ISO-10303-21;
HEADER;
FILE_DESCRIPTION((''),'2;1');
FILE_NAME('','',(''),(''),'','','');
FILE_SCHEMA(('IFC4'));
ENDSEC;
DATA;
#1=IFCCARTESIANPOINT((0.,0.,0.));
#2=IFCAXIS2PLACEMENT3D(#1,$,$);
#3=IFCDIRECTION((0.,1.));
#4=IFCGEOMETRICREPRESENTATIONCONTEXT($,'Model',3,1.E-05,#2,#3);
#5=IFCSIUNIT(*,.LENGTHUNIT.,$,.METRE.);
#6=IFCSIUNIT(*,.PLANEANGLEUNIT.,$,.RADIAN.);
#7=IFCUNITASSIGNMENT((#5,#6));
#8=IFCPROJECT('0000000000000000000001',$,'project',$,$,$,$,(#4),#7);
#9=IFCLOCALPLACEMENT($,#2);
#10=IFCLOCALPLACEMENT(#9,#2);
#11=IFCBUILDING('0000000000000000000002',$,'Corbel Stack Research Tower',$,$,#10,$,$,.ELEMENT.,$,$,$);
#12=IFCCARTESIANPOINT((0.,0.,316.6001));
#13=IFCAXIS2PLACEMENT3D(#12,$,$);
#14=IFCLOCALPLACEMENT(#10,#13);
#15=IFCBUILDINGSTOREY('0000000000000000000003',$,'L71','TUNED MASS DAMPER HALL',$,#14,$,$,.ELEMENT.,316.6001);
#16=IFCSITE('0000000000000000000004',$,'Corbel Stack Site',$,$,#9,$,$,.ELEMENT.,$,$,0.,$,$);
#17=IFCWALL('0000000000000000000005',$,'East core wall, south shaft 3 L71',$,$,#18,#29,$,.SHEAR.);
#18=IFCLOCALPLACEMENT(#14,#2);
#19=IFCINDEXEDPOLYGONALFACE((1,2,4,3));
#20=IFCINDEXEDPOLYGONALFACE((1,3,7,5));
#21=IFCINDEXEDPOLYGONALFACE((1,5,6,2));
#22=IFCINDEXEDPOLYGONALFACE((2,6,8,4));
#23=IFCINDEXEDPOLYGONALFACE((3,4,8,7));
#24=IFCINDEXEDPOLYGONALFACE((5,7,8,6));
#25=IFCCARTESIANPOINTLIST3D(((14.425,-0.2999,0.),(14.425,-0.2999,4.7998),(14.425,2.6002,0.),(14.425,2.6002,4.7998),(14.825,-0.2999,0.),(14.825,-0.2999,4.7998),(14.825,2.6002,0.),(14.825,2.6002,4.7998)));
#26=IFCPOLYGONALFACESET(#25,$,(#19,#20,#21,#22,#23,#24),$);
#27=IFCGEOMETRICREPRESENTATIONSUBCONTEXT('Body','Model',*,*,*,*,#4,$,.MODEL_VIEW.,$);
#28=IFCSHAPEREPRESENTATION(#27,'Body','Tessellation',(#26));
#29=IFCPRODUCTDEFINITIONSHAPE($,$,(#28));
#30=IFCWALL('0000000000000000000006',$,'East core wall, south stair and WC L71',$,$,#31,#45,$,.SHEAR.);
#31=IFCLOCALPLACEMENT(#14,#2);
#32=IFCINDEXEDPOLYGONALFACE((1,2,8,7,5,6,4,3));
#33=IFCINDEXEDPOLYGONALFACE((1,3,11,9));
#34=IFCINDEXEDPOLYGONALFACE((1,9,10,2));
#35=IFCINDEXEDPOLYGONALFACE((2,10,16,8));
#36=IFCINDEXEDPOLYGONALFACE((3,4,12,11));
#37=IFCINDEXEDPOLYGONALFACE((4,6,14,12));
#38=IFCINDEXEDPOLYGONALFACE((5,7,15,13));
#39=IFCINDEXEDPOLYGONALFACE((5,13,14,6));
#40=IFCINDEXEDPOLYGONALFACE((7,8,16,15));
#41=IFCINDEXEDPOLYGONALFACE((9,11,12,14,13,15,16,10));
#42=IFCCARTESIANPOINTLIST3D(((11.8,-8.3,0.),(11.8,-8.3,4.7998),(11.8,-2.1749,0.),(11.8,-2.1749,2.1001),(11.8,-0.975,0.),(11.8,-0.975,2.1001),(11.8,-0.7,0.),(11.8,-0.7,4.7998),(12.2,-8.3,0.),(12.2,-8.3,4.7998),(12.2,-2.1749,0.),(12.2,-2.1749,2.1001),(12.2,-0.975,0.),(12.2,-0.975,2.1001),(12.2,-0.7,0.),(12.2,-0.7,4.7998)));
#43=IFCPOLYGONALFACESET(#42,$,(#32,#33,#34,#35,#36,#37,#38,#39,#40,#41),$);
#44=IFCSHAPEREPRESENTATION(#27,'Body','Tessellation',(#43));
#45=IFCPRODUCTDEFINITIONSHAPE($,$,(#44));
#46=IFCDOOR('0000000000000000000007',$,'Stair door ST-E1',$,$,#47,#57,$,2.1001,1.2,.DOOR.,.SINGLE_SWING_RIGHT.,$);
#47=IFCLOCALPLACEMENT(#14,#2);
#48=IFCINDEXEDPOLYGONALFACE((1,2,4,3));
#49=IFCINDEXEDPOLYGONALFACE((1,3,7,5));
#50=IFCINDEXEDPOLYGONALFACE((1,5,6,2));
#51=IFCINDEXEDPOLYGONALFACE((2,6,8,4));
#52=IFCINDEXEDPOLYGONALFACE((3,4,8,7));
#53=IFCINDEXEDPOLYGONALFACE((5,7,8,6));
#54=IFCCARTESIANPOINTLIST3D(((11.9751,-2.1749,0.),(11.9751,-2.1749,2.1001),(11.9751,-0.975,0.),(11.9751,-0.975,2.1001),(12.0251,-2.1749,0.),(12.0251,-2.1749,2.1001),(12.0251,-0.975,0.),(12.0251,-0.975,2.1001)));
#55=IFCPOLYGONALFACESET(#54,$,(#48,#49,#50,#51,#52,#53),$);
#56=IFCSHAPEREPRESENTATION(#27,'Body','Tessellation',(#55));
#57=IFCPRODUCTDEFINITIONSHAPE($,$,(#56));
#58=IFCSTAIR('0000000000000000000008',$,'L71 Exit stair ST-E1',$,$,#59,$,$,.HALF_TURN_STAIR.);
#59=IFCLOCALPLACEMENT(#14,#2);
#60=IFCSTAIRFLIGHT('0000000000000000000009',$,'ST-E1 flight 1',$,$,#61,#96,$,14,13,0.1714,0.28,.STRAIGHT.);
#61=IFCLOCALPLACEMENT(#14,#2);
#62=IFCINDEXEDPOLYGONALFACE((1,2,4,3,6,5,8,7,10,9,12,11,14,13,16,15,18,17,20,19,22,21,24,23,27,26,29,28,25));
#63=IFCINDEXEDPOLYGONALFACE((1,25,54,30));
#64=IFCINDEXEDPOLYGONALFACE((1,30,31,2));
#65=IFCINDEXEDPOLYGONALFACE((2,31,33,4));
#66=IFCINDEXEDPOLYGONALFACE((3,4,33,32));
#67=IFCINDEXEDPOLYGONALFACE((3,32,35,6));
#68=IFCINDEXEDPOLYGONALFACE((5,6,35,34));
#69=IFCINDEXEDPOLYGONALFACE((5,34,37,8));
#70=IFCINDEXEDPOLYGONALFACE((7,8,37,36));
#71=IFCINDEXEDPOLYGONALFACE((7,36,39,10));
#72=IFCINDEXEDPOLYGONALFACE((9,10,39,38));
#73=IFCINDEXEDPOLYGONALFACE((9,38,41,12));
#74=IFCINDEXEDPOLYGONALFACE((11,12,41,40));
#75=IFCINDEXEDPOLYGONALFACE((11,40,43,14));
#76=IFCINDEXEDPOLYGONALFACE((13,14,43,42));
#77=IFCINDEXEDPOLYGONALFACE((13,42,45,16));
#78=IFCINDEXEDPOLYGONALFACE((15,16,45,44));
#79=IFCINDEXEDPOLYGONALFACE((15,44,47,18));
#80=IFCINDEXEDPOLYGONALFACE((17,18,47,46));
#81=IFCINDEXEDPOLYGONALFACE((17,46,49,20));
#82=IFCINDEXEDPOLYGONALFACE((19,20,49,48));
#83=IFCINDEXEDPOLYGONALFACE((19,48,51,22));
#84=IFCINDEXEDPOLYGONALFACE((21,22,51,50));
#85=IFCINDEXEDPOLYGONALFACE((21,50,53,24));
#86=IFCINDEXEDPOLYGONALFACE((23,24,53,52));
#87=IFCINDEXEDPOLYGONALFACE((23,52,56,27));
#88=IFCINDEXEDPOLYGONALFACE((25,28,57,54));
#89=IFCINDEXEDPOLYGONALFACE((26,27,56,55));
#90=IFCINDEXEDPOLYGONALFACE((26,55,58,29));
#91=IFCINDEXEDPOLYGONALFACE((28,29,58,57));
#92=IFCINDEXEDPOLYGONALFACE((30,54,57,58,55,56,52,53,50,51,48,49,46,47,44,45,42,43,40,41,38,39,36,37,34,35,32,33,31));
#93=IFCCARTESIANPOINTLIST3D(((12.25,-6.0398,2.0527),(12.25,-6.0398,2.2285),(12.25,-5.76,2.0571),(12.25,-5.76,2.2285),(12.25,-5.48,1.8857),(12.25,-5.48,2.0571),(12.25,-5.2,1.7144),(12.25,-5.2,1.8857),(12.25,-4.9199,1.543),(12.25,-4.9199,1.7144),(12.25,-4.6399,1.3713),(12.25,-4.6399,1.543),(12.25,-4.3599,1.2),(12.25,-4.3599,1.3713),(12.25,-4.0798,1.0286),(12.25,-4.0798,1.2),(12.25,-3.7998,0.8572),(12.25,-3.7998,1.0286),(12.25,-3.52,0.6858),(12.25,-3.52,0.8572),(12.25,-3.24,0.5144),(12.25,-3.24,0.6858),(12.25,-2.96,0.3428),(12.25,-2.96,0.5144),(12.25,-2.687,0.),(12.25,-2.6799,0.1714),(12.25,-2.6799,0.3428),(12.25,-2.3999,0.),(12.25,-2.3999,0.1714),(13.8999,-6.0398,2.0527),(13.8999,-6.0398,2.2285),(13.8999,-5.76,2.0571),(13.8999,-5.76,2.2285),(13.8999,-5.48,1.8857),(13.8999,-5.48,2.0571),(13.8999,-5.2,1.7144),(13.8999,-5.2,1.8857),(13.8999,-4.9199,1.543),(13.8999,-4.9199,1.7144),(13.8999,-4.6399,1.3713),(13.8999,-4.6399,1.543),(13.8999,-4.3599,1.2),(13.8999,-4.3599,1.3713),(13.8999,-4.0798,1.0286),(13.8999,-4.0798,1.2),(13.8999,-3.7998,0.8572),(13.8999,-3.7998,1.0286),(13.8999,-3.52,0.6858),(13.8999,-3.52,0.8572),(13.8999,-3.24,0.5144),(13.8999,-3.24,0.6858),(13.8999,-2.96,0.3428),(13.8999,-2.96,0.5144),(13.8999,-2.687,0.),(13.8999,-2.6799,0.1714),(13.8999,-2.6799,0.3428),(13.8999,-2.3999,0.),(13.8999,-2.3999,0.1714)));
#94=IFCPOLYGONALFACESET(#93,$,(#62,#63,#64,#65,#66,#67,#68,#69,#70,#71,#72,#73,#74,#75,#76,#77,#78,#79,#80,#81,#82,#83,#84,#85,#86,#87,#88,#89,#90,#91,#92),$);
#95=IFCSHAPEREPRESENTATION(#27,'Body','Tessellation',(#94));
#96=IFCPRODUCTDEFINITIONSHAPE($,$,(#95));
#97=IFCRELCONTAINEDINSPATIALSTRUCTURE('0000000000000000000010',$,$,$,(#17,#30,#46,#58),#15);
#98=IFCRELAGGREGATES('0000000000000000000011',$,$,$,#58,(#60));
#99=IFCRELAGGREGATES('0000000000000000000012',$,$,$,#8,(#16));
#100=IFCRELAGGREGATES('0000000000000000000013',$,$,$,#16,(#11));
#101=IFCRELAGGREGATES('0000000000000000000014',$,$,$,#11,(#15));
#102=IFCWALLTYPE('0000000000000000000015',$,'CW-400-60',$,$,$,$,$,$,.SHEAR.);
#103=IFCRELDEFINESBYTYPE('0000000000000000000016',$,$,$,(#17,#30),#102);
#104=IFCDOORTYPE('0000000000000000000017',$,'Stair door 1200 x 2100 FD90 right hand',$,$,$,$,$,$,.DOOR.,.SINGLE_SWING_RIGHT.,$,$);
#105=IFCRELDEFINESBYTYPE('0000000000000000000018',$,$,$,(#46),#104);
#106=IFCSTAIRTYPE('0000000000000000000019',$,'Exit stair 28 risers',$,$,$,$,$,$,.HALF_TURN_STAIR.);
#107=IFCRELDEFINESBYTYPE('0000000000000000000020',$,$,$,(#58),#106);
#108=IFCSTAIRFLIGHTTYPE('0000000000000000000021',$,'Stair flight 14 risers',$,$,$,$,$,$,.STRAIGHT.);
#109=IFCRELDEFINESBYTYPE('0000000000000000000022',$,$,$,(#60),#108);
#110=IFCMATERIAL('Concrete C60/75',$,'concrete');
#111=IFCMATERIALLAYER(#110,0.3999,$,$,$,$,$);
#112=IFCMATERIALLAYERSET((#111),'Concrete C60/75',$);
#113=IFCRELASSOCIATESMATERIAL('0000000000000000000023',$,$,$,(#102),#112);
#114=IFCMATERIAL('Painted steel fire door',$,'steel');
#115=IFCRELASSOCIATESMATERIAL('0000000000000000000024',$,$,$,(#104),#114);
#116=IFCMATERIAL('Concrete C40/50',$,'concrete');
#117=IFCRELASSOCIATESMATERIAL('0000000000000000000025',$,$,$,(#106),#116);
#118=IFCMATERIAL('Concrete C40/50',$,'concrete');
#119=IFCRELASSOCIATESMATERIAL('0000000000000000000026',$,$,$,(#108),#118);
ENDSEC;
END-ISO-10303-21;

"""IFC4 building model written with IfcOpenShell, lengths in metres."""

from ifc_helpers import new_model, si_unit, direction, frame, frame_2d, origin, place, context, subcontext, project, spatial, polyline, rectangle, outline, extrude, material, layer, layer_set, type_object, element, fill, aggregate, save


model = new_model("IFC4")

# Units and contexts
model_context = context("Model", 3, precision=1e-05, world=origin(), true_north=direction((0.0, 1.0)))
body_context = subcontext(model_context, "Body", "Model", "MODEL_VIEW")
ifc_project = project(units=[si_unit("LENGTHUNIT", "METRE"), si_unit("PLANEANGLEUNIT", "RADIAN")], contexts=[model_context])

# Site, building, storey
site_placement = place(None, origin())
site = spatial("IfcSite", under=ifc_project, at=site_placement, Name="Corbel Stack Site", CompositionType="ELEMENT", RefElevation=0.0)
building_placement = place(site_placement, origin())
building = spatial("IfcBuilding", under=site, at=building_placement, Name="Corbel Stack Research Tower", CompositionType="ELEMENT")
storey_placement = place(building_placement, frame((0.0, 0.0, 316.6001)))
storey = spatial("IfcBuildingStorey", under=building, at=storey_placement, Name="L71", Description="TUNED MASS DAMPER HALL", CompositionType="ELEMENT", Elevation=316.6001)

# Wall
ifc_material_1 = material(Name="Concrete C60/75", Category="concrete")
ifc_layer_1 = layer(ifc_material_1, 0.3999)
ifc_layer_set_1 = layer_set([ifc_layer_1], Name="Concrete C60/75")
wall_type = type_object("IfcWallType", Name="CW-400-60", PredefinedType="SHEAR", material=ifc_layer_set_1)
for number, where, z_axis, x_axis, name in (
    (1, (14.625, -0.3, 0.0), (0.0, 0.0, 1.0), (0.0, 1.0, 0.0), "East core wall, south shaft 3 L71"),
):
    element("IfcWall", number, at=place(storey_placement, frame(where, z_axis=z_axis, x_axis=x_axis)), inside=storey, type_object=wall_type, Name=name, PredefinedType="SHEAR", context=body_context, shape_type="SweptSolid", body=[
        extrude(rectangle(XDim=2.9001, YDim=0.3999, at=frame_2d((1.4502, 0.0))), origin(), (0.0, 0.0, 1.0), 4.7998),
    ])

# Wall, opening, door
wall_placement = place(storey_placement, frame((12.0, -8.3, 0.0), z_axis=(0.0, 0.0, 1.0), x_axis=(0.0, 1.0, 0.0)))
wall = element("IfcWall", 2, at=wall_placement, inside=storey, type_object=wall_type, Name="East core wall, south stair and WC L71", PredefinedType="SHEAR", context=body_context, shape_type="SweptSolid", body=[
    extrude(rectangle(XDim=7.6001, YDim=0.3999, at=frame_2d((3.8, 0.0))), origin(), (0.0, 0.0, 1.0), 4.7998),
])
opening_placement = place(wall_placement, frame((6.125, 0.0, 0.0)))
opening = element("IfcOpeningElement", 3, at=opening_placement, cuts=wall, PredefinedType="OPENING", context=body_context, shape_type="SweptSolid", body=[
    extrude(rectangle(XDim=1.2, YDim=2.1001, at=frame_2d((0.6001, 1.05))), frame((0.0, 0.21, 0.0), z_axis=(0.0, -1.0, 0.0), x_axis=(1.0, 0.0, 0.0)), (0.0, 0.0, 1.0), 0.4199),
])
ifc_material_2 = material(Name="Painted steel fire door", Category="steel")
door_type = type_object("IfcDoorType", Name="Stair door 1200 x 2100 FD90 right hand", OperationType="SINGLE_SWING_RIGHT", PredefinedType="DOOR", material=ifc_material_2)
door_placement = place(opening_placement, origin())
door = element("IfcDoor", 4, at=door_placement, inside=storey, type_object=door_type, Name="Stair door ST-E1", OperationType="SINGLE_SWING_RIGHT", OverallHeight=2.1001, OverallWidth=1.2, PredefinedType="DOOR", context=body_context, shape_type="SweptSolid", body=[
    extrude(rectangle(XDim=1.2, YDim=2.1001, at=frame_2d((0.6001, 1.05))), frame((0.0, 0.0249, 0.0), z_axis=(0.0, -1.0, 0.0), x_axis=(1.0, 0.0, 0.0)), (0.0, 0.0, 1.0), 0.05),
])
fill(opening, door)

# Stair, stair flight
ifc_material_3 = material(Name="Concrete C40/50", Category="concrete")
stair_type = type_object("IfcStairType", Name="Exit stair 28 risers", PredefinedType="HALF_TURN_STAIR", material=ifc_material_3)
stair_placement = place(storey_placement, origin())
stair = element("IfcStair", 5, at=stair_placement, inside=storey, type_object=stair_type, Name="L71 Exit stair ST-E1", PredefinedType="HALF_TURN_STAIR")
ifc_material_4 = material(Name="Concrete C40/50", Category="concrete")
stair_flight_type = type_object("IfcStairFlightType", Name="Stair flight 14 risers", PredefinedType="STRAIGHT", material=ifc_material_4)
stair_flight_placement = place(storey_placement, frame((13.075, -2.3999, 0.0), z_axis=(0.0, 0.0, 1.0), x_axis=(0.0, -1.0, 0.0)))
stair_flight = element("IfcStairFlight", 6, at=stair_flight_placement, type_object=stair_flight_type, Name="ST-E1 flight 1", NumberOfRisers=14, NumberOfTreads=13, PredefinedType="STRAIGHT", RiserHeight=0.1714, TreadLength=0.28, context=body_context, shape_type="SweptSolid", body=[
    extrude(outline(polyline([(0.0, 0.0), (0.0, 0.1714), (0.28, 0.1714), (0.28, 0.3428), (0.5601, 0.3428), (0.5601, 0.5144), (0.8401, 0.5144), (0.8401, 0.6858), (1.1201, 0.6858), (1.1201, 0.8572), (1.3999, 0.8572), (1.3999, 1.0286), (1.6799, 1.0286), (1.6799, 1.2), (1.96, 1.2), (1.96, 1.3713), (2.24, 1.3713), (2.24, 1.543), (2.52, 1.543), (2.52, 1.7144), (2.8, 1.7144), (2.8, 1.8857), (3.0801, 1.8857), (3.0801, 2.0571), (3.3601, 2.0571), (3.3601, 2.2285), (3.6399, 2.2285), (3.6399, 2.3999), (3.6399, 2.0527), (0.2871, 0.0), (0.0, 0.0)])), frame((0.0, 0.825, 0.0), z_axis=(0.0, -1.0, 0.0), x_axis=(1.0, 0.0, 0.0)), (0.0, 0.0, 1.0), 1.6499),
])
aggregate(stair, [stair_flight])

save(model, "model.ifc")
